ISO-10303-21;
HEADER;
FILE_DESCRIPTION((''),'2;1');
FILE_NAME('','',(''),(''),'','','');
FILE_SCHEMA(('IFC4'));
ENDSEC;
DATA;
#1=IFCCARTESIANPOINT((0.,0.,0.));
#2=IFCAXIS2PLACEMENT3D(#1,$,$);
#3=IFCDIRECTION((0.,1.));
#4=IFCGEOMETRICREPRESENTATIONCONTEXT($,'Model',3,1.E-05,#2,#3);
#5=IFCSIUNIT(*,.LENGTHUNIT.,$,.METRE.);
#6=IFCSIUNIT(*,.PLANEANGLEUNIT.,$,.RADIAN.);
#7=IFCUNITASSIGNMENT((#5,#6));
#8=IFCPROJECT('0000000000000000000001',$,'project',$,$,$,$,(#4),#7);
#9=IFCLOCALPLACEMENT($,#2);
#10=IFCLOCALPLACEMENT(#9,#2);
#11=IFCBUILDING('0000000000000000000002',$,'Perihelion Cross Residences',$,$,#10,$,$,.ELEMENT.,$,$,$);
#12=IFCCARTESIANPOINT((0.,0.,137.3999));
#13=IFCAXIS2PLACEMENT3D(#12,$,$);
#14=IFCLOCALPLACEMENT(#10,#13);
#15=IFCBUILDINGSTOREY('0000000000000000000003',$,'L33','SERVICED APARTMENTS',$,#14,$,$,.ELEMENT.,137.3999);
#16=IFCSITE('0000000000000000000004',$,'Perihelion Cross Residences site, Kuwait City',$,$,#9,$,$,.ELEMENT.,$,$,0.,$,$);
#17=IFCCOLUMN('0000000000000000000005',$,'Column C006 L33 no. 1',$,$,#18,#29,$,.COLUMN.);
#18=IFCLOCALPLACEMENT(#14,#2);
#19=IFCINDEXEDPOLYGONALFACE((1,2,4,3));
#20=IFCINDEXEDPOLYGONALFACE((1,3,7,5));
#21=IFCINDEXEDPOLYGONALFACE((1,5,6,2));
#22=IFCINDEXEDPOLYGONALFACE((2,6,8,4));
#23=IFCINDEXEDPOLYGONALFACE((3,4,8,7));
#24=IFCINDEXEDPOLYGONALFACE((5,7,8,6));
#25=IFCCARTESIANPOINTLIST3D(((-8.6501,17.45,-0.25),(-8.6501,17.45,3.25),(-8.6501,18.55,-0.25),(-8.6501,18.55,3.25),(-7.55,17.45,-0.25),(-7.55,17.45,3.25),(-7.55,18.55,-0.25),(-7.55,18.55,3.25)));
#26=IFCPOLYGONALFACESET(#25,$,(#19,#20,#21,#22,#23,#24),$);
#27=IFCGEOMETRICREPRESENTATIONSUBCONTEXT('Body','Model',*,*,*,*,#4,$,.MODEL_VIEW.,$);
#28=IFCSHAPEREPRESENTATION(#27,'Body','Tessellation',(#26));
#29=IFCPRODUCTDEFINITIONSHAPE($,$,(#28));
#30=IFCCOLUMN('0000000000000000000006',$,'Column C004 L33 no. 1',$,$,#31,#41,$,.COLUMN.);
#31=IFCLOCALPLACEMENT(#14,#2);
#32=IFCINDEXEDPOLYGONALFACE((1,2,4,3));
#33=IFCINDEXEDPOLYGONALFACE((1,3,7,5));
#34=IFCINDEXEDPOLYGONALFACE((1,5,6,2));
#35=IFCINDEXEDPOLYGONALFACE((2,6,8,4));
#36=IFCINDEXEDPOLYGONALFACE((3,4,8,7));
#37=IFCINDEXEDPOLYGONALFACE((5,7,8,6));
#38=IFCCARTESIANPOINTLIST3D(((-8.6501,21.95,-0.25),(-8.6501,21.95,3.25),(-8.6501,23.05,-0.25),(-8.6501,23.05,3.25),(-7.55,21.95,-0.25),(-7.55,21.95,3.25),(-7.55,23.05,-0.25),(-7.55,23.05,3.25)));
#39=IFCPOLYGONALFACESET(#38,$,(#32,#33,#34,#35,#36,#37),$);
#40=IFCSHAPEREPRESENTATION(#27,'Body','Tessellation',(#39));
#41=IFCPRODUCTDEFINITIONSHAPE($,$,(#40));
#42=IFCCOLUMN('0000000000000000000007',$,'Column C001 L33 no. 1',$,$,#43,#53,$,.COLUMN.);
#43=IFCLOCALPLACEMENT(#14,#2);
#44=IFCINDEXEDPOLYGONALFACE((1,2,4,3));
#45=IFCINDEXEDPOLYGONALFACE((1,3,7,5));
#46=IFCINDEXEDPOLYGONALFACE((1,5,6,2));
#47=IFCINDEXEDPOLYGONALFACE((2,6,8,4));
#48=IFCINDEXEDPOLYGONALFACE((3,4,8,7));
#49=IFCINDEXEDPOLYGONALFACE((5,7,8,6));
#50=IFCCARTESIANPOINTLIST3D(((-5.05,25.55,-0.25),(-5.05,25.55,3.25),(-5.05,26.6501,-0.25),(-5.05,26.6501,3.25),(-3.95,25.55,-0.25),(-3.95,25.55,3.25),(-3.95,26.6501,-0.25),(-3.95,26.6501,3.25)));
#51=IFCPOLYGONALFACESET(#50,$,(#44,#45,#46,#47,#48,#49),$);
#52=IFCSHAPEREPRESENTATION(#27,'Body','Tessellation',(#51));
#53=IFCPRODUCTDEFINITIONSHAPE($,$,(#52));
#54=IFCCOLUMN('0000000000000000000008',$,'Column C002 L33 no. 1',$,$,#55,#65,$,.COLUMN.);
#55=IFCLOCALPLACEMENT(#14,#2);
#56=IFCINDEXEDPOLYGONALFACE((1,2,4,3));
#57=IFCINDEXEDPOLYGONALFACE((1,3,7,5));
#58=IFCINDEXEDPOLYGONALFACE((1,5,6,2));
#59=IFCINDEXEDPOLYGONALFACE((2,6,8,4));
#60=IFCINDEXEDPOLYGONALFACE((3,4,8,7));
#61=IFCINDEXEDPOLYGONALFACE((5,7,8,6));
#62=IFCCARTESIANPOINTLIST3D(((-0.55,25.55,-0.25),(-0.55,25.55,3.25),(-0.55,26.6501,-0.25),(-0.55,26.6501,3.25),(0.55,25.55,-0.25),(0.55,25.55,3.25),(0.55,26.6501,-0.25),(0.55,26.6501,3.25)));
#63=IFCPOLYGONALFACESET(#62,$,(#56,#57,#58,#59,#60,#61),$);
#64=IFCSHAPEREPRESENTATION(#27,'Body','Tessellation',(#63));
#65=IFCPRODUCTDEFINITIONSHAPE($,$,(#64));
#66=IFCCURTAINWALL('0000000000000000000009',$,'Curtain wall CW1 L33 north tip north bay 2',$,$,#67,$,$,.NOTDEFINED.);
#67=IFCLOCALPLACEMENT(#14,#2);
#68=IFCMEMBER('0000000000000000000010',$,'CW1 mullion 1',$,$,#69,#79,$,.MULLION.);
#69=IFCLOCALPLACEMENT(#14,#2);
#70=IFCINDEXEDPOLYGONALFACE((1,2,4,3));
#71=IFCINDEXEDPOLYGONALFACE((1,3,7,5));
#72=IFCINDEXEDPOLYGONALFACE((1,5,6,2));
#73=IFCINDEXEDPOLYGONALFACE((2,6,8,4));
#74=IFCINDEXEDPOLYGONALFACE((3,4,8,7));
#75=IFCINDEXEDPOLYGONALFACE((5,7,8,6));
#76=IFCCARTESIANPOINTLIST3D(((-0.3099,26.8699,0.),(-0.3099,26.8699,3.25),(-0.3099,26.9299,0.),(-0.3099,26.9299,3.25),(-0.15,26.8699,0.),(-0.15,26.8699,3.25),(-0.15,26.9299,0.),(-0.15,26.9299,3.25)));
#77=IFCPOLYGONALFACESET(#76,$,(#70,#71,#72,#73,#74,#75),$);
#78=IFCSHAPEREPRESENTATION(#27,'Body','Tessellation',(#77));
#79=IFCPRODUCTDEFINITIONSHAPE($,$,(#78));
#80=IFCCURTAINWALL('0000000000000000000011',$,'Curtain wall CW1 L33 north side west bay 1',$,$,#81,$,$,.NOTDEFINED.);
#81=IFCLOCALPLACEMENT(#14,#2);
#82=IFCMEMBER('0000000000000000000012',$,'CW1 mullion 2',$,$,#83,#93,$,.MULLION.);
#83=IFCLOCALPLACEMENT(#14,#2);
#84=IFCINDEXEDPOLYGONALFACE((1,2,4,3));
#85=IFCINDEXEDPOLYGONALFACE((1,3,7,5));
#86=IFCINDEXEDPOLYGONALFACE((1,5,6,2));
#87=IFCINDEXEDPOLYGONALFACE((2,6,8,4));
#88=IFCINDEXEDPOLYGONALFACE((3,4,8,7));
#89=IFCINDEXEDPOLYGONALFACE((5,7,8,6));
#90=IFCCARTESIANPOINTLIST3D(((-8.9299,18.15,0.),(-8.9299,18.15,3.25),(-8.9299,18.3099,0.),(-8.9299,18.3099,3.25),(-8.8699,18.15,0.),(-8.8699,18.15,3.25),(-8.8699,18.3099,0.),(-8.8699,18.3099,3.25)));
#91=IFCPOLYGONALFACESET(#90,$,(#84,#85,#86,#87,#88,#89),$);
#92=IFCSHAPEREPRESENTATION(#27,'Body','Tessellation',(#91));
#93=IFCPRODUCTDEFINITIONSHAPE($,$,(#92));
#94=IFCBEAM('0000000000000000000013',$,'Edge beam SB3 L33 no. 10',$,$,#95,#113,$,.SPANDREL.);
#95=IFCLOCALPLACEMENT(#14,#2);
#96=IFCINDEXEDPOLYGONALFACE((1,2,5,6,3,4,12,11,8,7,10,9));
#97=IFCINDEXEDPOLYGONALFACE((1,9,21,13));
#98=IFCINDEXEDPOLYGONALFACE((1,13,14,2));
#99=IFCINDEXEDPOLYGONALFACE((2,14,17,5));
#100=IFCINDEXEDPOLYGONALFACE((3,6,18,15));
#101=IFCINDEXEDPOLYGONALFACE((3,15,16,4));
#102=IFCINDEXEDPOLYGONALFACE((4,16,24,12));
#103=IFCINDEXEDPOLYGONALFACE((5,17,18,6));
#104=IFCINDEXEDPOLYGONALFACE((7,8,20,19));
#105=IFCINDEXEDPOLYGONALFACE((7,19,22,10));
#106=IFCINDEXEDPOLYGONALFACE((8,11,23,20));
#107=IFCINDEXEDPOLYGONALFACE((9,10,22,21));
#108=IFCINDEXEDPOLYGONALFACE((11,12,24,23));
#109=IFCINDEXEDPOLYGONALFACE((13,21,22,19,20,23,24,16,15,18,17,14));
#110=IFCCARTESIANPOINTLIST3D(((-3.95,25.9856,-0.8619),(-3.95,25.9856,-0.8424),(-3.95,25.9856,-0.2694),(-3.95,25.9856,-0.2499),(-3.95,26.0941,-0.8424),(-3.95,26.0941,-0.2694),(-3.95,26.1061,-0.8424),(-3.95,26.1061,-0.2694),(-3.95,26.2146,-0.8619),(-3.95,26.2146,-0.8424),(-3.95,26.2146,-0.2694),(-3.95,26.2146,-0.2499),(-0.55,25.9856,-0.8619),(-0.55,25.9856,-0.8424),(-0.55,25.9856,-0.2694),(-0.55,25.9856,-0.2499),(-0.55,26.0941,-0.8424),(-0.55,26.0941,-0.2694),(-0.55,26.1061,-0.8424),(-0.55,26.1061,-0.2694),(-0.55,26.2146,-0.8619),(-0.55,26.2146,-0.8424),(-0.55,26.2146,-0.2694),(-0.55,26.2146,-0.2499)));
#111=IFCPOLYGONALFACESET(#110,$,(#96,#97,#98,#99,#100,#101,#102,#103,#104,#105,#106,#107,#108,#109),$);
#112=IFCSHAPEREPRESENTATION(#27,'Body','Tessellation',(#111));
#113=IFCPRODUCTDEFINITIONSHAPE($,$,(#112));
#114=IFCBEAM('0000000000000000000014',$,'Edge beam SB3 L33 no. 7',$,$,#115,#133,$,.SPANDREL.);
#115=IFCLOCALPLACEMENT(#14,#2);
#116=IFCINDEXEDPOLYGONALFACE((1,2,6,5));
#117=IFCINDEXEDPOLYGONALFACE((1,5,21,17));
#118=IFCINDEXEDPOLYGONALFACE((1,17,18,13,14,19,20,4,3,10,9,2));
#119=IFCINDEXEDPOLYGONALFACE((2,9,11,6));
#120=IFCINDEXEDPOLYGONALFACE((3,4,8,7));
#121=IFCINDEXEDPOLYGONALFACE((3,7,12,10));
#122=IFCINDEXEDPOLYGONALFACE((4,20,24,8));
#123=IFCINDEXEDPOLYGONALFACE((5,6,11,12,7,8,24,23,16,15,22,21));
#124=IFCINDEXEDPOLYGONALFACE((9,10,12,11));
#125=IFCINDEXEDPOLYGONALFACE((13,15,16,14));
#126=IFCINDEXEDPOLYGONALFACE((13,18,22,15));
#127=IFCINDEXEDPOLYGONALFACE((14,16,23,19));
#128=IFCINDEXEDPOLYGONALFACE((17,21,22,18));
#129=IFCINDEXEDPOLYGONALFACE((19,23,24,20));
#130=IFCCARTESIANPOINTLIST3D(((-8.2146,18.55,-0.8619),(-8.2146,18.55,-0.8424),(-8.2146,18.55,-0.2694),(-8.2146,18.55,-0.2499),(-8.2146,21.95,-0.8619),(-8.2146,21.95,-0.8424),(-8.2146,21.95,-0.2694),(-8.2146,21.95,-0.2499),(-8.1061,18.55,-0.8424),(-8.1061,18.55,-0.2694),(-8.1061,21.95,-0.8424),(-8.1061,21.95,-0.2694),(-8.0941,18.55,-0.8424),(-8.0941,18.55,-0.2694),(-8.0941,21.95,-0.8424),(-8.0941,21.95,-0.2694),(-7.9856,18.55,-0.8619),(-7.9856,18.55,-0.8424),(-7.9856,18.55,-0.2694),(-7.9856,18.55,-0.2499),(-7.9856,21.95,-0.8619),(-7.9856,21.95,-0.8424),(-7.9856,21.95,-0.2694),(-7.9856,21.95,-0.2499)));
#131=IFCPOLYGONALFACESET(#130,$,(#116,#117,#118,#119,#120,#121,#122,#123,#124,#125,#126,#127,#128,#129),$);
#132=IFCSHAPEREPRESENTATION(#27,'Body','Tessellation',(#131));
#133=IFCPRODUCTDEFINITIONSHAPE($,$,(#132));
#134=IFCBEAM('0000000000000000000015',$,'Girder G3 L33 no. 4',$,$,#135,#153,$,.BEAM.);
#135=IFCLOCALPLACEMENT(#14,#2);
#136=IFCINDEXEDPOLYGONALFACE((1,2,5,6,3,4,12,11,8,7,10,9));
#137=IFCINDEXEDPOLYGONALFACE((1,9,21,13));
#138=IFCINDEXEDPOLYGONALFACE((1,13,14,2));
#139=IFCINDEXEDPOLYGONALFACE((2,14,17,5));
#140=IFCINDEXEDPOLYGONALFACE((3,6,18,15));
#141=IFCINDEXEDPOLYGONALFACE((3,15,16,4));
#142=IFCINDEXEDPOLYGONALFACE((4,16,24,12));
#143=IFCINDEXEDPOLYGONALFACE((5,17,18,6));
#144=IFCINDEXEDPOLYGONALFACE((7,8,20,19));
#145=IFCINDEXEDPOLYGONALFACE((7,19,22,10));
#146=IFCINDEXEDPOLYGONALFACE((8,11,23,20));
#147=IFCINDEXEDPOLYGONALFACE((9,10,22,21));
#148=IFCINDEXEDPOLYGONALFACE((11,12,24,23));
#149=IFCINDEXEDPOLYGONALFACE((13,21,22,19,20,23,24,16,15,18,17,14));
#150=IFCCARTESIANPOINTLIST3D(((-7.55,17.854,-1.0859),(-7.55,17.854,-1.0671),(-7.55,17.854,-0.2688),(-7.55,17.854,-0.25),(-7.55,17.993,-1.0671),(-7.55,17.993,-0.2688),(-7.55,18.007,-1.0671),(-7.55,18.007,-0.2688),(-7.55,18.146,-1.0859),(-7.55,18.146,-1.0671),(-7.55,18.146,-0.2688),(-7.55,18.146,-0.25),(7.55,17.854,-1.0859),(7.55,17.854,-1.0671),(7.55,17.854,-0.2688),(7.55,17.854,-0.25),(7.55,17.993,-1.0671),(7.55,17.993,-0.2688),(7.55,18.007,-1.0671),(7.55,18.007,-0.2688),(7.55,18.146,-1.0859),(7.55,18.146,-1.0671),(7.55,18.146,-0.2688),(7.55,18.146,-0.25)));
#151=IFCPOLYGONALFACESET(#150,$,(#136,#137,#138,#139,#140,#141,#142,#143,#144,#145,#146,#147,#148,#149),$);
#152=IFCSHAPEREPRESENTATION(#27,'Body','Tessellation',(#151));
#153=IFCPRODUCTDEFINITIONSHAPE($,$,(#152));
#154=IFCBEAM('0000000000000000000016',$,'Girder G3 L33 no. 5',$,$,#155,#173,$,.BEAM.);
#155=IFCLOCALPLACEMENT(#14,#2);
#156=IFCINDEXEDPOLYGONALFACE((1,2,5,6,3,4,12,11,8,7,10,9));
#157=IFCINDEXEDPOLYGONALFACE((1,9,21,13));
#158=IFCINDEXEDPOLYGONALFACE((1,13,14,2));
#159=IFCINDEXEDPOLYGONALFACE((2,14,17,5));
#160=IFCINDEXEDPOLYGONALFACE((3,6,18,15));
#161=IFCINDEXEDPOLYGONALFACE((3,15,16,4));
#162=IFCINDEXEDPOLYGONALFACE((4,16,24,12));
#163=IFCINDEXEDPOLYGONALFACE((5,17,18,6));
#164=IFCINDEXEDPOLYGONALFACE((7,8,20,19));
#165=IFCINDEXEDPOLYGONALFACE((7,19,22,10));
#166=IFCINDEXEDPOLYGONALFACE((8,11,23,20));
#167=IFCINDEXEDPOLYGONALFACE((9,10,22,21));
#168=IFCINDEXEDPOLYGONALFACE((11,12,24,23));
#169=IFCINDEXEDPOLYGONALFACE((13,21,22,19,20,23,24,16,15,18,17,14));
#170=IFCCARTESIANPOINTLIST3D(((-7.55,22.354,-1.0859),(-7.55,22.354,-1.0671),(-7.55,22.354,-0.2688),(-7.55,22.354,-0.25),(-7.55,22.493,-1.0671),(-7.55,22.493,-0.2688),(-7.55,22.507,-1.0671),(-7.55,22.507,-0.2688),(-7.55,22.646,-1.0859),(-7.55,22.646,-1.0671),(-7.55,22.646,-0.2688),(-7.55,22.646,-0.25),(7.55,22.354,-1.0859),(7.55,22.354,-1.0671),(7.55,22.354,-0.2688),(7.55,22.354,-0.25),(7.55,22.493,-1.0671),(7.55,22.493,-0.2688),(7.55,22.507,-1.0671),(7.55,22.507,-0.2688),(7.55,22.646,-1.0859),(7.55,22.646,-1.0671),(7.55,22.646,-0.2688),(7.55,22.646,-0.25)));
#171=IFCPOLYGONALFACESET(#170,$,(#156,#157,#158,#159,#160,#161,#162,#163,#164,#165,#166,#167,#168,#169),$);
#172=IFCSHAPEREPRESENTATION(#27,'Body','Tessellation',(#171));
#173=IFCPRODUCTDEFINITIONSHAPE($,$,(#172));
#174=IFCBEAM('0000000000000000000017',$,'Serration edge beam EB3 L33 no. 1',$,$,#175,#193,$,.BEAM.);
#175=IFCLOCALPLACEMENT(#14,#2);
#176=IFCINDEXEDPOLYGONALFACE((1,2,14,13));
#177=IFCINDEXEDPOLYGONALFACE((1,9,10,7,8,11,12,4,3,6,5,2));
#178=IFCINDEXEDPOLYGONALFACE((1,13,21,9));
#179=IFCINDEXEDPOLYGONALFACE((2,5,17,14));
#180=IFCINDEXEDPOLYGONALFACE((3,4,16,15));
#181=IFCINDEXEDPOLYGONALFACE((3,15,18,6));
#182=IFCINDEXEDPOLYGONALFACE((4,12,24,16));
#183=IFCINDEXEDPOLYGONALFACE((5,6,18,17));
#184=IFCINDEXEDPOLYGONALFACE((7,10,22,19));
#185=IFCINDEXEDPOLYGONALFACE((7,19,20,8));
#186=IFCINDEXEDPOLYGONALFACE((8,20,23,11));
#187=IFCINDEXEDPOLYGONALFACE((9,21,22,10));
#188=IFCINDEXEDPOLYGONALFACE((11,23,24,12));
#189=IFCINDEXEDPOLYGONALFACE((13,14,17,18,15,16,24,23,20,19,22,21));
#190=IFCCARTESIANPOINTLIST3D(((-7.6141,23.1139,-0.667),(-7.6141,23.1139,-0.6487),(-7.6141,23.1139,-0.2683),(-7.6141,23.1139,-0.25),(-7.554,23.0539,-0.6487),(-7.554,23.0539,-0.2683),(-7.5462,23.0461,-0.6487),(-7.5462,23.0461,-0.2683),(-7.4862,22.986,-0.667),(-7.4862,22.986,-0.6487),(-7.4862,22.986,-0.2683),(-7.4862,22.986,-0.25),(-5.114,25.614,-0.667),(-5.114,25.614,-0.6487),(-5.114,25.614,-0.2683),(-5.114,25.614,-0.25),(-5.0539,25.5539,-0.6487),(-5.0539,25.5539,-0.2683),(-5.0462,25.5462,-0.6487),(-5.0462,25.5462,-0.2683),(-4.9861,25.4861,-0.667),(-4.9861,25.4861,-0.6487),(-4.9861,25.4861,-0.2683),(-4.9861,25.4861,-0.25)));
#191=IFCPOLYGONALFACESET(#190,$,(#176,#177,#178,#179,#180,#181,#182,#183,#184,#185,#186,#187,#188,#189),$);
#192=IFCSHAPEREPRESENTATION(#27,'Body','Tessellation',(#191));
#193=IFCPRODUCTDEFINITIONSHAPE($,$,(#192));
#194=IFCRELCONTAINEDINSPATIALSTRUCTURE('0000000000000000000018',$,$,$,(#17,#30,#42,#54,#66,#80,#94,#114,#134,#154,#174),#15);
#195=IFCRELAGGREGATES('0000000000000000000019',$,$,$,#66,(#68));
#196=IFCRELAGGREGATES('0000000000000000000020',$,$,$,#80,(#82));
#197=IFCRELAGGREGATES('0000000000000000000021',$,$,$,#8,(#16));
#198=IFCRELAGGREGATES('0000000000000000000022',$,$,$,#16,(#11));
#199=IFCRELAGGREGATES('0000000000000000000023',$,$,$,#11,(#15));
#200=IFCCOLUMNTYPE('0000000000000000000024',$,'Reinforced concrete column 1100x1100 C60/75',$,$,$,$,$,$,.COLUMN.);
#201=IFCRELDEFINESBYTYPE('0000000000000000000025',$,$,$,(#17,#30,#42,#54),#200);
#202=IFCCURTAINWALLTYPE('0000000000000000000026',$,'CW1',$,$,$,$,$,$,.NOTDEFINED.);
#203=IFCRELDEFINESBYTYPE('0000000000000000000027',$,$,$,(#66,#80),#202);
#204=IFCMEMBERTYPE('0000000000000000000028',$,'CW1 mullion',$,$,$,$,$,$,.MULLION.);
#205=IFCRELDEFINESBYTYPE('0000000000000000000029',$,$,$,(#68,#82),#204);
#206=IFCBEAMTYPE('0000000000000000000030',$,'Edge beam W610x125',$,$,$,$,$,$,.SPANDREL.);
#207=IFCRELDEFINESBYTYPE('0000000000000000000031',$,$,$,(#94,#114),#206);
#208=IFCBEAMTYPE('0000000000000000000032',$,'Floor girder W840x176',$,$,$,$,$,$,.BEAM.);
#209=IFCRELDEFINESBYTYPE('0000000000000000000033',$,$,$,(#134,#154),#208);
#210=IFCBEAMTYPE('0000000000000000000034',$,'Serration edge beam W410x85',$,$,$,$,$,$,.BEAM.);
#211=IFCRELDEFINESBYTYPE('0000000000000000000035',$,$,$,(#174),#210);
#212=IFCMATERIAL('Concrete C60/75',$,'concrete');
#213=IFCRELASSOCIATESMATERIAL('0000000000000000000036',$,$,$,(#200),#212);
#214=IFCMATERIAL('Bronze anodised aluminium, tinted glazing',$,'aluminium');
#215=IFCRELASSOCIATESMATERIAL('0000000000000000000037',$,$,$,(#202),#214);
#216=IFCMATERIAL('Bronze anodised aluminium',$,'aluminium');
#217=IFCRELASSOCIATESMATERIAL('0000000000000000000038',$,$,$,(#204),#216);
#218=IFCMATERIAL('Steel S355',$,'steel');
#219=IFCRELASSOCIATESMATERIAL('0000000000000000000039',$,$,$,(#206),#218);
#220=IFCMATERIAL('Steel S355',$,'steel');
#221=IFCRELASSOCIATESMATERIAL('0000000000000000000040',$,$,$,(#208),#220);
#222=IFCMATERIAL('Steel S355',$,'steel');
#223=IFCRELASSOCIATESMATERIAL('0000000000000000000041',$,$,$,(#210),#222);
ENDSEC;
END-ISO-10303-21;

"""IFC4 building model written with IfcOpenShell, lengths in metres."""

from ifc_helpers import new_model, si_unit, direction, frame, origin, origin_2d, place, context, subcontext, project, spatial, rectangle, i_section, extrude, material, material_profile, profile_set, type_object, element, aggregate, save


model = new_model("IFC4")

# Units and contexts
model_context = context("Model", 3, precision=1e-05, world=origin(), true_north=direction((0.0, 1.0)))
body_context = subcontext(model_context, "Body", "Model", "MODEL_VIEW")
ifc_project = project(units=[si_unit("LENGTHUNIT", "METRE"), si_unit("PLANEANGLEUNIT", "RADIAN")], contexts=[model_context])

# Site, building, storey
site_placement = place(None, origin())
site = spatial("IfcSite", under=ifc_project, at=site_placement, Name="Perihelion Cross Residences site, Kuwait City", CompositionType="ELEMENT", RefElevation=0.0)
building_placement = place(site_placement, origin())
building = spatial("IfcBuilding", under=site, at=building_placement, Name="Perihelion Cross Residences", CompositionType="ELEMENT")
storey_placement = place(building_placement, frame((0.0, 0.0, 137.3999)))
storey = spatial("IfcBuildingStorey", under=building, at=storey_placement, Name="L33", Description="SERVICED APARTMENTS", CompositionType="ELEMENT", Elevation=137.3999)

# Columns
ifc_material_1 = material(Name="Concrete C60/75", Category="concrete")
ifc_material_profile_1 = material_profile(ifc_material_1, rectangle(XDim=1.1001, YDim=1.1001, at=origin_2d()), Name="RC 1100x1100")
ifc_profile_set_1 = profile_set([ifc_material_profile_1], Name="Concrete C60/75")
column_type = type_object("IfcColumnType", Name="Reinforced concrete column 1100x1100 C60/75", PredefinedType="COLUMN", material=ifc_profile_set_1)
for number, where, z_axis, x_axis, name in (
    (1, (-8.1001, 18.0, -0.25), (0.0, 0.0, 1.0), (1.0, 0.0, 0.0), "Column C006 L33 no. 1"),
    (2, (-8.1001, 22.5, -0.25), (0.0, 0.0, 1.0), (1.0, 0.0, 0.0), "Column C004 L33 no. 1"),
    (3, (-4.5, 26.1001, -0.25), (0.0, 0.0, 1.0), (1.0, 0.0, 0.0), "Column C001 L33 no. 1"),
    (4, (0.0, 26.1001, -0.25), (0.0, 0.0, 1.0), (1.0, 0.0, 0.0), "Column C002 L33 no. 1"),
):
    element("IfcColumn", number, at=place(storey_placement, frame(where, z_axis=z_axis, x_axis=x_axis)), inside=storey, type_object=column_type, Name=name, PredefinedType="COLUMN", context=body_context, shape_type="SweptSolid", body=[
        extrude(rectangle(XDim=1.1001, YDim=1.1001, at=origin_2d()), origin(), (0.0, 0.0, 1.0), 3.5),
    ])

# Curtain walls, members
ifc_material_2 = material(Name="Bronze anodised aluminium, tinted glazing", Category="aluminium")
curtain_wall_type = type_object("IfcCurtainWallType", Name="CW1", PredefinedType="NOTDEFINED", material=ifc_material_2)
curtain_wall_1_placement = place(storey_placement, origin())
curtain_wall_1 = element("IfcCurtainWall", 5, at=curtain_wall_1_placement, inside=storey, type_object=curtain_wall_type, Name="Curtain wall CW1 L33 north tip north bay 2", PredefinedType="NOTDEFINED")
ifc_material_3 = material(Name="Bronze anodised aluminium", Category="aluminium")
ifc_material_profile_2 = material_profile(ifc_material_3, rectangle(XDim=0.0601, YDim=0.1599, at=origin_2d()), Name="CW1 mullion")
ifc_profile_set_2 = profile_set([ifc_material_profile_2], Name="Bronze anodised aluminium")
member_type = type_object("IfcMemberType", Name="CW1 mullion", PredefinedType="MULLION", material=ifc_profile_set_2)
member_1_placement = place(storey_placement, frame((-0.23, 26.8999, 0.0), z_axis=(0.0, 0.0, 1.0), x_axis=(0.0, -1.0, 0.0)))
member_1 = element("IfcMember", 6, at=member_1_placement, type_object=member_type, Name="CW1 mullion 1", PredefinedType="MULLION", context=body_context, shape_type="SweptSolid", body=[
    extrude(rectangle(XDim=0.0601, YDim=0.1599, at=origin_2d()), origin(), (0.0, 0.0, 1.0), 3.25),
])
curtain_wall_2_placement = place(storey_placement, origin())
curtain_wall_2 = element("IfcCurtainWall", 7, at=curtain_wall_2_placement, inside=storey, type_object=curtain_wall_type, Name="Curtain wall CW1 L33 north side west bay 1", PredefinedType="NOTDEFINED")
member_2_placement = place(storey_placement, frame((-8.8999, 18.23, 0.0), z_axis=(0.0, 0.0, 1.0), x_axis=(1.0, 0.0, 0.0)))
member_2 = element("IfcMember", 8, at=member_2_placement, type_object=member_type, Name="CW1 mullion 2", PredefinedType="MULLION", context=body_context, shape_type="SweptSolid", body=[
    extrude(rectangle(XDim=0.0601, YDim=0.1599, at=origin_2d()), origin(), (0.0, 0.0, 1.0), 3.25),
])

# Beams
ifc_material_4 = material(Name="Steel S355", Category="steel")
ifc_material_profile_3 = material_profile(ifc_material_4, i_section(OverallWidth=0.229, OverallDepth=0.6121, WebThickness=0.012, FlangeThickness=0.0195, at=origin_2d()), Name="W610x125")
ifc_profile_set_3 = profile_set([ifc_material_profile_3], Name="Steel S355")
beam_type_1 = type_object("IfcBeamType", Name="Edge beam W610x125", PredefinedType="SPANDREL", material=ifc_profile_set_3)
for number, where, z_axis, x_axis, name in (
    (9, (-0.55, 26.1001, -0.5559), (-1.0, 0.0, 0.0), (0.0, -1.0, 0.0), "Edge beam SB3 L33 no. 10"),
    (10, (-8.1001, 21.95, -0.5559), (0.0, -1.0, 0.0), (1.0, 0.0, 0.0), "Edge beam SB3 L33 no. 7"),
):
    element("IfcBeam", number, at=place(storey_placement, frame(where, z_axis=z_axis, x_axis=x_axis)), inside=storey, type_object=beam_type_1, Name=name, PredefinedType="SPANDREL", context=body_context, shape_type="SweptSolid", body=[
        extrude(i_section(OverallWidth=0.229, OverallDepth=0.6121, WebThickness=0.012, FlangeThickness=0.0195, at=origin_2d()), origin(), (0.0, 0.0, 1.0), 3.3999),
    ])
ifc_material_5 = material(Name="Steel S355", Category="steel")
ifc_material_profile_4 = material_profile(ifc_material_5, i_section(OverallWidth=0.292, OverallDepth=0.8359, WebThickness=0.0139, FlangeThickness=0.0188, at=origin_2d()), Name="W840x176")
ifc_profile_set_4 = profile_set([ifc_material_profile_4], Name="Steel S355")
beam_type_2 = type_object("IfcBeamType", Name="Floor girder W840x176", PredefinedType="BEAM", material=ifc_profile_set_4)
for number, where, z_axis, x_axis, name in (
    (11, (-7.55, 18.0, -0.668), (1.0, 0.0, 0.0), (0.0, 1.0, 0.0), "Girder G3 L33 no. 4"),
    (12, (-7.55, 22.5, -0.668), (1.0, 0.0, 0.0), (0.0, 1.0, 0.0), "Girder G3 L33 no. 5"),
):
    element("IfcBeam", number, at=place(storey_placement, frame(where, z_axis=z_axis, x_axis=x_axis)), inside=storey, type_object=beam_type_2, Name=name, PredefinedType="BEAM", context=body_context, shape_type="SweptSolid", body=[
        extrude(i_section(OverallWidth=0.292, OverallDepth=0.8359, WebThickness=0.0139, FlangeThickness=0.0188, at=origin_2d()), origin(), (0.0, 0.0, 1.0), 15.1001),
    ])
ifc_material_6 = material(Name="Steel S355", Category="steel")
ifc_material_profile_5 = material_profile(ifc_material_6, i_section(OverallWidth=0.1809, OverallDepth=0.417, WebThickness=0.011, FlangeThickness=0.0183, at=origin_2d()), Name="W410x85")
ifc_profile_set_5 = profile_set([ifc_material_profile_5], Name="Steel S355")
beam_type_3 = type_object("IfcBeamType", Name="Serration edge beam W410x85", PredefinedType="BEAM", material=ifc_profile_set_5)
beam_placement = place(storey_placement, frame((-5.05, 25.55, -0.4585), z_axis=(-0.707107, -0.707107, 0.0), x_axis=(0.707107, -0.707107, 0.0)))
element("IfcBeam", 13, at=beam_placement, inside=storey, type_object=beam_type_3, Name="Serration edge beam EB3 L33 no. 1", PredefinedType="BEAM", context=body_context, shape_type="SweptSolid", body=[
    extrude(i_section(OverallWidth=0.1809, OverallDepth=0.417, WebThickness=0.011, FlangeThickness=0.0183, at=origin_2d()), origin(), (0.0, 0.0, 1.0), 3.5356),
])

aggregate(curtain_wall_1, [member_1])
aggregate(curtain_wall_2, [member_2])

save(model, "model.ifc")
